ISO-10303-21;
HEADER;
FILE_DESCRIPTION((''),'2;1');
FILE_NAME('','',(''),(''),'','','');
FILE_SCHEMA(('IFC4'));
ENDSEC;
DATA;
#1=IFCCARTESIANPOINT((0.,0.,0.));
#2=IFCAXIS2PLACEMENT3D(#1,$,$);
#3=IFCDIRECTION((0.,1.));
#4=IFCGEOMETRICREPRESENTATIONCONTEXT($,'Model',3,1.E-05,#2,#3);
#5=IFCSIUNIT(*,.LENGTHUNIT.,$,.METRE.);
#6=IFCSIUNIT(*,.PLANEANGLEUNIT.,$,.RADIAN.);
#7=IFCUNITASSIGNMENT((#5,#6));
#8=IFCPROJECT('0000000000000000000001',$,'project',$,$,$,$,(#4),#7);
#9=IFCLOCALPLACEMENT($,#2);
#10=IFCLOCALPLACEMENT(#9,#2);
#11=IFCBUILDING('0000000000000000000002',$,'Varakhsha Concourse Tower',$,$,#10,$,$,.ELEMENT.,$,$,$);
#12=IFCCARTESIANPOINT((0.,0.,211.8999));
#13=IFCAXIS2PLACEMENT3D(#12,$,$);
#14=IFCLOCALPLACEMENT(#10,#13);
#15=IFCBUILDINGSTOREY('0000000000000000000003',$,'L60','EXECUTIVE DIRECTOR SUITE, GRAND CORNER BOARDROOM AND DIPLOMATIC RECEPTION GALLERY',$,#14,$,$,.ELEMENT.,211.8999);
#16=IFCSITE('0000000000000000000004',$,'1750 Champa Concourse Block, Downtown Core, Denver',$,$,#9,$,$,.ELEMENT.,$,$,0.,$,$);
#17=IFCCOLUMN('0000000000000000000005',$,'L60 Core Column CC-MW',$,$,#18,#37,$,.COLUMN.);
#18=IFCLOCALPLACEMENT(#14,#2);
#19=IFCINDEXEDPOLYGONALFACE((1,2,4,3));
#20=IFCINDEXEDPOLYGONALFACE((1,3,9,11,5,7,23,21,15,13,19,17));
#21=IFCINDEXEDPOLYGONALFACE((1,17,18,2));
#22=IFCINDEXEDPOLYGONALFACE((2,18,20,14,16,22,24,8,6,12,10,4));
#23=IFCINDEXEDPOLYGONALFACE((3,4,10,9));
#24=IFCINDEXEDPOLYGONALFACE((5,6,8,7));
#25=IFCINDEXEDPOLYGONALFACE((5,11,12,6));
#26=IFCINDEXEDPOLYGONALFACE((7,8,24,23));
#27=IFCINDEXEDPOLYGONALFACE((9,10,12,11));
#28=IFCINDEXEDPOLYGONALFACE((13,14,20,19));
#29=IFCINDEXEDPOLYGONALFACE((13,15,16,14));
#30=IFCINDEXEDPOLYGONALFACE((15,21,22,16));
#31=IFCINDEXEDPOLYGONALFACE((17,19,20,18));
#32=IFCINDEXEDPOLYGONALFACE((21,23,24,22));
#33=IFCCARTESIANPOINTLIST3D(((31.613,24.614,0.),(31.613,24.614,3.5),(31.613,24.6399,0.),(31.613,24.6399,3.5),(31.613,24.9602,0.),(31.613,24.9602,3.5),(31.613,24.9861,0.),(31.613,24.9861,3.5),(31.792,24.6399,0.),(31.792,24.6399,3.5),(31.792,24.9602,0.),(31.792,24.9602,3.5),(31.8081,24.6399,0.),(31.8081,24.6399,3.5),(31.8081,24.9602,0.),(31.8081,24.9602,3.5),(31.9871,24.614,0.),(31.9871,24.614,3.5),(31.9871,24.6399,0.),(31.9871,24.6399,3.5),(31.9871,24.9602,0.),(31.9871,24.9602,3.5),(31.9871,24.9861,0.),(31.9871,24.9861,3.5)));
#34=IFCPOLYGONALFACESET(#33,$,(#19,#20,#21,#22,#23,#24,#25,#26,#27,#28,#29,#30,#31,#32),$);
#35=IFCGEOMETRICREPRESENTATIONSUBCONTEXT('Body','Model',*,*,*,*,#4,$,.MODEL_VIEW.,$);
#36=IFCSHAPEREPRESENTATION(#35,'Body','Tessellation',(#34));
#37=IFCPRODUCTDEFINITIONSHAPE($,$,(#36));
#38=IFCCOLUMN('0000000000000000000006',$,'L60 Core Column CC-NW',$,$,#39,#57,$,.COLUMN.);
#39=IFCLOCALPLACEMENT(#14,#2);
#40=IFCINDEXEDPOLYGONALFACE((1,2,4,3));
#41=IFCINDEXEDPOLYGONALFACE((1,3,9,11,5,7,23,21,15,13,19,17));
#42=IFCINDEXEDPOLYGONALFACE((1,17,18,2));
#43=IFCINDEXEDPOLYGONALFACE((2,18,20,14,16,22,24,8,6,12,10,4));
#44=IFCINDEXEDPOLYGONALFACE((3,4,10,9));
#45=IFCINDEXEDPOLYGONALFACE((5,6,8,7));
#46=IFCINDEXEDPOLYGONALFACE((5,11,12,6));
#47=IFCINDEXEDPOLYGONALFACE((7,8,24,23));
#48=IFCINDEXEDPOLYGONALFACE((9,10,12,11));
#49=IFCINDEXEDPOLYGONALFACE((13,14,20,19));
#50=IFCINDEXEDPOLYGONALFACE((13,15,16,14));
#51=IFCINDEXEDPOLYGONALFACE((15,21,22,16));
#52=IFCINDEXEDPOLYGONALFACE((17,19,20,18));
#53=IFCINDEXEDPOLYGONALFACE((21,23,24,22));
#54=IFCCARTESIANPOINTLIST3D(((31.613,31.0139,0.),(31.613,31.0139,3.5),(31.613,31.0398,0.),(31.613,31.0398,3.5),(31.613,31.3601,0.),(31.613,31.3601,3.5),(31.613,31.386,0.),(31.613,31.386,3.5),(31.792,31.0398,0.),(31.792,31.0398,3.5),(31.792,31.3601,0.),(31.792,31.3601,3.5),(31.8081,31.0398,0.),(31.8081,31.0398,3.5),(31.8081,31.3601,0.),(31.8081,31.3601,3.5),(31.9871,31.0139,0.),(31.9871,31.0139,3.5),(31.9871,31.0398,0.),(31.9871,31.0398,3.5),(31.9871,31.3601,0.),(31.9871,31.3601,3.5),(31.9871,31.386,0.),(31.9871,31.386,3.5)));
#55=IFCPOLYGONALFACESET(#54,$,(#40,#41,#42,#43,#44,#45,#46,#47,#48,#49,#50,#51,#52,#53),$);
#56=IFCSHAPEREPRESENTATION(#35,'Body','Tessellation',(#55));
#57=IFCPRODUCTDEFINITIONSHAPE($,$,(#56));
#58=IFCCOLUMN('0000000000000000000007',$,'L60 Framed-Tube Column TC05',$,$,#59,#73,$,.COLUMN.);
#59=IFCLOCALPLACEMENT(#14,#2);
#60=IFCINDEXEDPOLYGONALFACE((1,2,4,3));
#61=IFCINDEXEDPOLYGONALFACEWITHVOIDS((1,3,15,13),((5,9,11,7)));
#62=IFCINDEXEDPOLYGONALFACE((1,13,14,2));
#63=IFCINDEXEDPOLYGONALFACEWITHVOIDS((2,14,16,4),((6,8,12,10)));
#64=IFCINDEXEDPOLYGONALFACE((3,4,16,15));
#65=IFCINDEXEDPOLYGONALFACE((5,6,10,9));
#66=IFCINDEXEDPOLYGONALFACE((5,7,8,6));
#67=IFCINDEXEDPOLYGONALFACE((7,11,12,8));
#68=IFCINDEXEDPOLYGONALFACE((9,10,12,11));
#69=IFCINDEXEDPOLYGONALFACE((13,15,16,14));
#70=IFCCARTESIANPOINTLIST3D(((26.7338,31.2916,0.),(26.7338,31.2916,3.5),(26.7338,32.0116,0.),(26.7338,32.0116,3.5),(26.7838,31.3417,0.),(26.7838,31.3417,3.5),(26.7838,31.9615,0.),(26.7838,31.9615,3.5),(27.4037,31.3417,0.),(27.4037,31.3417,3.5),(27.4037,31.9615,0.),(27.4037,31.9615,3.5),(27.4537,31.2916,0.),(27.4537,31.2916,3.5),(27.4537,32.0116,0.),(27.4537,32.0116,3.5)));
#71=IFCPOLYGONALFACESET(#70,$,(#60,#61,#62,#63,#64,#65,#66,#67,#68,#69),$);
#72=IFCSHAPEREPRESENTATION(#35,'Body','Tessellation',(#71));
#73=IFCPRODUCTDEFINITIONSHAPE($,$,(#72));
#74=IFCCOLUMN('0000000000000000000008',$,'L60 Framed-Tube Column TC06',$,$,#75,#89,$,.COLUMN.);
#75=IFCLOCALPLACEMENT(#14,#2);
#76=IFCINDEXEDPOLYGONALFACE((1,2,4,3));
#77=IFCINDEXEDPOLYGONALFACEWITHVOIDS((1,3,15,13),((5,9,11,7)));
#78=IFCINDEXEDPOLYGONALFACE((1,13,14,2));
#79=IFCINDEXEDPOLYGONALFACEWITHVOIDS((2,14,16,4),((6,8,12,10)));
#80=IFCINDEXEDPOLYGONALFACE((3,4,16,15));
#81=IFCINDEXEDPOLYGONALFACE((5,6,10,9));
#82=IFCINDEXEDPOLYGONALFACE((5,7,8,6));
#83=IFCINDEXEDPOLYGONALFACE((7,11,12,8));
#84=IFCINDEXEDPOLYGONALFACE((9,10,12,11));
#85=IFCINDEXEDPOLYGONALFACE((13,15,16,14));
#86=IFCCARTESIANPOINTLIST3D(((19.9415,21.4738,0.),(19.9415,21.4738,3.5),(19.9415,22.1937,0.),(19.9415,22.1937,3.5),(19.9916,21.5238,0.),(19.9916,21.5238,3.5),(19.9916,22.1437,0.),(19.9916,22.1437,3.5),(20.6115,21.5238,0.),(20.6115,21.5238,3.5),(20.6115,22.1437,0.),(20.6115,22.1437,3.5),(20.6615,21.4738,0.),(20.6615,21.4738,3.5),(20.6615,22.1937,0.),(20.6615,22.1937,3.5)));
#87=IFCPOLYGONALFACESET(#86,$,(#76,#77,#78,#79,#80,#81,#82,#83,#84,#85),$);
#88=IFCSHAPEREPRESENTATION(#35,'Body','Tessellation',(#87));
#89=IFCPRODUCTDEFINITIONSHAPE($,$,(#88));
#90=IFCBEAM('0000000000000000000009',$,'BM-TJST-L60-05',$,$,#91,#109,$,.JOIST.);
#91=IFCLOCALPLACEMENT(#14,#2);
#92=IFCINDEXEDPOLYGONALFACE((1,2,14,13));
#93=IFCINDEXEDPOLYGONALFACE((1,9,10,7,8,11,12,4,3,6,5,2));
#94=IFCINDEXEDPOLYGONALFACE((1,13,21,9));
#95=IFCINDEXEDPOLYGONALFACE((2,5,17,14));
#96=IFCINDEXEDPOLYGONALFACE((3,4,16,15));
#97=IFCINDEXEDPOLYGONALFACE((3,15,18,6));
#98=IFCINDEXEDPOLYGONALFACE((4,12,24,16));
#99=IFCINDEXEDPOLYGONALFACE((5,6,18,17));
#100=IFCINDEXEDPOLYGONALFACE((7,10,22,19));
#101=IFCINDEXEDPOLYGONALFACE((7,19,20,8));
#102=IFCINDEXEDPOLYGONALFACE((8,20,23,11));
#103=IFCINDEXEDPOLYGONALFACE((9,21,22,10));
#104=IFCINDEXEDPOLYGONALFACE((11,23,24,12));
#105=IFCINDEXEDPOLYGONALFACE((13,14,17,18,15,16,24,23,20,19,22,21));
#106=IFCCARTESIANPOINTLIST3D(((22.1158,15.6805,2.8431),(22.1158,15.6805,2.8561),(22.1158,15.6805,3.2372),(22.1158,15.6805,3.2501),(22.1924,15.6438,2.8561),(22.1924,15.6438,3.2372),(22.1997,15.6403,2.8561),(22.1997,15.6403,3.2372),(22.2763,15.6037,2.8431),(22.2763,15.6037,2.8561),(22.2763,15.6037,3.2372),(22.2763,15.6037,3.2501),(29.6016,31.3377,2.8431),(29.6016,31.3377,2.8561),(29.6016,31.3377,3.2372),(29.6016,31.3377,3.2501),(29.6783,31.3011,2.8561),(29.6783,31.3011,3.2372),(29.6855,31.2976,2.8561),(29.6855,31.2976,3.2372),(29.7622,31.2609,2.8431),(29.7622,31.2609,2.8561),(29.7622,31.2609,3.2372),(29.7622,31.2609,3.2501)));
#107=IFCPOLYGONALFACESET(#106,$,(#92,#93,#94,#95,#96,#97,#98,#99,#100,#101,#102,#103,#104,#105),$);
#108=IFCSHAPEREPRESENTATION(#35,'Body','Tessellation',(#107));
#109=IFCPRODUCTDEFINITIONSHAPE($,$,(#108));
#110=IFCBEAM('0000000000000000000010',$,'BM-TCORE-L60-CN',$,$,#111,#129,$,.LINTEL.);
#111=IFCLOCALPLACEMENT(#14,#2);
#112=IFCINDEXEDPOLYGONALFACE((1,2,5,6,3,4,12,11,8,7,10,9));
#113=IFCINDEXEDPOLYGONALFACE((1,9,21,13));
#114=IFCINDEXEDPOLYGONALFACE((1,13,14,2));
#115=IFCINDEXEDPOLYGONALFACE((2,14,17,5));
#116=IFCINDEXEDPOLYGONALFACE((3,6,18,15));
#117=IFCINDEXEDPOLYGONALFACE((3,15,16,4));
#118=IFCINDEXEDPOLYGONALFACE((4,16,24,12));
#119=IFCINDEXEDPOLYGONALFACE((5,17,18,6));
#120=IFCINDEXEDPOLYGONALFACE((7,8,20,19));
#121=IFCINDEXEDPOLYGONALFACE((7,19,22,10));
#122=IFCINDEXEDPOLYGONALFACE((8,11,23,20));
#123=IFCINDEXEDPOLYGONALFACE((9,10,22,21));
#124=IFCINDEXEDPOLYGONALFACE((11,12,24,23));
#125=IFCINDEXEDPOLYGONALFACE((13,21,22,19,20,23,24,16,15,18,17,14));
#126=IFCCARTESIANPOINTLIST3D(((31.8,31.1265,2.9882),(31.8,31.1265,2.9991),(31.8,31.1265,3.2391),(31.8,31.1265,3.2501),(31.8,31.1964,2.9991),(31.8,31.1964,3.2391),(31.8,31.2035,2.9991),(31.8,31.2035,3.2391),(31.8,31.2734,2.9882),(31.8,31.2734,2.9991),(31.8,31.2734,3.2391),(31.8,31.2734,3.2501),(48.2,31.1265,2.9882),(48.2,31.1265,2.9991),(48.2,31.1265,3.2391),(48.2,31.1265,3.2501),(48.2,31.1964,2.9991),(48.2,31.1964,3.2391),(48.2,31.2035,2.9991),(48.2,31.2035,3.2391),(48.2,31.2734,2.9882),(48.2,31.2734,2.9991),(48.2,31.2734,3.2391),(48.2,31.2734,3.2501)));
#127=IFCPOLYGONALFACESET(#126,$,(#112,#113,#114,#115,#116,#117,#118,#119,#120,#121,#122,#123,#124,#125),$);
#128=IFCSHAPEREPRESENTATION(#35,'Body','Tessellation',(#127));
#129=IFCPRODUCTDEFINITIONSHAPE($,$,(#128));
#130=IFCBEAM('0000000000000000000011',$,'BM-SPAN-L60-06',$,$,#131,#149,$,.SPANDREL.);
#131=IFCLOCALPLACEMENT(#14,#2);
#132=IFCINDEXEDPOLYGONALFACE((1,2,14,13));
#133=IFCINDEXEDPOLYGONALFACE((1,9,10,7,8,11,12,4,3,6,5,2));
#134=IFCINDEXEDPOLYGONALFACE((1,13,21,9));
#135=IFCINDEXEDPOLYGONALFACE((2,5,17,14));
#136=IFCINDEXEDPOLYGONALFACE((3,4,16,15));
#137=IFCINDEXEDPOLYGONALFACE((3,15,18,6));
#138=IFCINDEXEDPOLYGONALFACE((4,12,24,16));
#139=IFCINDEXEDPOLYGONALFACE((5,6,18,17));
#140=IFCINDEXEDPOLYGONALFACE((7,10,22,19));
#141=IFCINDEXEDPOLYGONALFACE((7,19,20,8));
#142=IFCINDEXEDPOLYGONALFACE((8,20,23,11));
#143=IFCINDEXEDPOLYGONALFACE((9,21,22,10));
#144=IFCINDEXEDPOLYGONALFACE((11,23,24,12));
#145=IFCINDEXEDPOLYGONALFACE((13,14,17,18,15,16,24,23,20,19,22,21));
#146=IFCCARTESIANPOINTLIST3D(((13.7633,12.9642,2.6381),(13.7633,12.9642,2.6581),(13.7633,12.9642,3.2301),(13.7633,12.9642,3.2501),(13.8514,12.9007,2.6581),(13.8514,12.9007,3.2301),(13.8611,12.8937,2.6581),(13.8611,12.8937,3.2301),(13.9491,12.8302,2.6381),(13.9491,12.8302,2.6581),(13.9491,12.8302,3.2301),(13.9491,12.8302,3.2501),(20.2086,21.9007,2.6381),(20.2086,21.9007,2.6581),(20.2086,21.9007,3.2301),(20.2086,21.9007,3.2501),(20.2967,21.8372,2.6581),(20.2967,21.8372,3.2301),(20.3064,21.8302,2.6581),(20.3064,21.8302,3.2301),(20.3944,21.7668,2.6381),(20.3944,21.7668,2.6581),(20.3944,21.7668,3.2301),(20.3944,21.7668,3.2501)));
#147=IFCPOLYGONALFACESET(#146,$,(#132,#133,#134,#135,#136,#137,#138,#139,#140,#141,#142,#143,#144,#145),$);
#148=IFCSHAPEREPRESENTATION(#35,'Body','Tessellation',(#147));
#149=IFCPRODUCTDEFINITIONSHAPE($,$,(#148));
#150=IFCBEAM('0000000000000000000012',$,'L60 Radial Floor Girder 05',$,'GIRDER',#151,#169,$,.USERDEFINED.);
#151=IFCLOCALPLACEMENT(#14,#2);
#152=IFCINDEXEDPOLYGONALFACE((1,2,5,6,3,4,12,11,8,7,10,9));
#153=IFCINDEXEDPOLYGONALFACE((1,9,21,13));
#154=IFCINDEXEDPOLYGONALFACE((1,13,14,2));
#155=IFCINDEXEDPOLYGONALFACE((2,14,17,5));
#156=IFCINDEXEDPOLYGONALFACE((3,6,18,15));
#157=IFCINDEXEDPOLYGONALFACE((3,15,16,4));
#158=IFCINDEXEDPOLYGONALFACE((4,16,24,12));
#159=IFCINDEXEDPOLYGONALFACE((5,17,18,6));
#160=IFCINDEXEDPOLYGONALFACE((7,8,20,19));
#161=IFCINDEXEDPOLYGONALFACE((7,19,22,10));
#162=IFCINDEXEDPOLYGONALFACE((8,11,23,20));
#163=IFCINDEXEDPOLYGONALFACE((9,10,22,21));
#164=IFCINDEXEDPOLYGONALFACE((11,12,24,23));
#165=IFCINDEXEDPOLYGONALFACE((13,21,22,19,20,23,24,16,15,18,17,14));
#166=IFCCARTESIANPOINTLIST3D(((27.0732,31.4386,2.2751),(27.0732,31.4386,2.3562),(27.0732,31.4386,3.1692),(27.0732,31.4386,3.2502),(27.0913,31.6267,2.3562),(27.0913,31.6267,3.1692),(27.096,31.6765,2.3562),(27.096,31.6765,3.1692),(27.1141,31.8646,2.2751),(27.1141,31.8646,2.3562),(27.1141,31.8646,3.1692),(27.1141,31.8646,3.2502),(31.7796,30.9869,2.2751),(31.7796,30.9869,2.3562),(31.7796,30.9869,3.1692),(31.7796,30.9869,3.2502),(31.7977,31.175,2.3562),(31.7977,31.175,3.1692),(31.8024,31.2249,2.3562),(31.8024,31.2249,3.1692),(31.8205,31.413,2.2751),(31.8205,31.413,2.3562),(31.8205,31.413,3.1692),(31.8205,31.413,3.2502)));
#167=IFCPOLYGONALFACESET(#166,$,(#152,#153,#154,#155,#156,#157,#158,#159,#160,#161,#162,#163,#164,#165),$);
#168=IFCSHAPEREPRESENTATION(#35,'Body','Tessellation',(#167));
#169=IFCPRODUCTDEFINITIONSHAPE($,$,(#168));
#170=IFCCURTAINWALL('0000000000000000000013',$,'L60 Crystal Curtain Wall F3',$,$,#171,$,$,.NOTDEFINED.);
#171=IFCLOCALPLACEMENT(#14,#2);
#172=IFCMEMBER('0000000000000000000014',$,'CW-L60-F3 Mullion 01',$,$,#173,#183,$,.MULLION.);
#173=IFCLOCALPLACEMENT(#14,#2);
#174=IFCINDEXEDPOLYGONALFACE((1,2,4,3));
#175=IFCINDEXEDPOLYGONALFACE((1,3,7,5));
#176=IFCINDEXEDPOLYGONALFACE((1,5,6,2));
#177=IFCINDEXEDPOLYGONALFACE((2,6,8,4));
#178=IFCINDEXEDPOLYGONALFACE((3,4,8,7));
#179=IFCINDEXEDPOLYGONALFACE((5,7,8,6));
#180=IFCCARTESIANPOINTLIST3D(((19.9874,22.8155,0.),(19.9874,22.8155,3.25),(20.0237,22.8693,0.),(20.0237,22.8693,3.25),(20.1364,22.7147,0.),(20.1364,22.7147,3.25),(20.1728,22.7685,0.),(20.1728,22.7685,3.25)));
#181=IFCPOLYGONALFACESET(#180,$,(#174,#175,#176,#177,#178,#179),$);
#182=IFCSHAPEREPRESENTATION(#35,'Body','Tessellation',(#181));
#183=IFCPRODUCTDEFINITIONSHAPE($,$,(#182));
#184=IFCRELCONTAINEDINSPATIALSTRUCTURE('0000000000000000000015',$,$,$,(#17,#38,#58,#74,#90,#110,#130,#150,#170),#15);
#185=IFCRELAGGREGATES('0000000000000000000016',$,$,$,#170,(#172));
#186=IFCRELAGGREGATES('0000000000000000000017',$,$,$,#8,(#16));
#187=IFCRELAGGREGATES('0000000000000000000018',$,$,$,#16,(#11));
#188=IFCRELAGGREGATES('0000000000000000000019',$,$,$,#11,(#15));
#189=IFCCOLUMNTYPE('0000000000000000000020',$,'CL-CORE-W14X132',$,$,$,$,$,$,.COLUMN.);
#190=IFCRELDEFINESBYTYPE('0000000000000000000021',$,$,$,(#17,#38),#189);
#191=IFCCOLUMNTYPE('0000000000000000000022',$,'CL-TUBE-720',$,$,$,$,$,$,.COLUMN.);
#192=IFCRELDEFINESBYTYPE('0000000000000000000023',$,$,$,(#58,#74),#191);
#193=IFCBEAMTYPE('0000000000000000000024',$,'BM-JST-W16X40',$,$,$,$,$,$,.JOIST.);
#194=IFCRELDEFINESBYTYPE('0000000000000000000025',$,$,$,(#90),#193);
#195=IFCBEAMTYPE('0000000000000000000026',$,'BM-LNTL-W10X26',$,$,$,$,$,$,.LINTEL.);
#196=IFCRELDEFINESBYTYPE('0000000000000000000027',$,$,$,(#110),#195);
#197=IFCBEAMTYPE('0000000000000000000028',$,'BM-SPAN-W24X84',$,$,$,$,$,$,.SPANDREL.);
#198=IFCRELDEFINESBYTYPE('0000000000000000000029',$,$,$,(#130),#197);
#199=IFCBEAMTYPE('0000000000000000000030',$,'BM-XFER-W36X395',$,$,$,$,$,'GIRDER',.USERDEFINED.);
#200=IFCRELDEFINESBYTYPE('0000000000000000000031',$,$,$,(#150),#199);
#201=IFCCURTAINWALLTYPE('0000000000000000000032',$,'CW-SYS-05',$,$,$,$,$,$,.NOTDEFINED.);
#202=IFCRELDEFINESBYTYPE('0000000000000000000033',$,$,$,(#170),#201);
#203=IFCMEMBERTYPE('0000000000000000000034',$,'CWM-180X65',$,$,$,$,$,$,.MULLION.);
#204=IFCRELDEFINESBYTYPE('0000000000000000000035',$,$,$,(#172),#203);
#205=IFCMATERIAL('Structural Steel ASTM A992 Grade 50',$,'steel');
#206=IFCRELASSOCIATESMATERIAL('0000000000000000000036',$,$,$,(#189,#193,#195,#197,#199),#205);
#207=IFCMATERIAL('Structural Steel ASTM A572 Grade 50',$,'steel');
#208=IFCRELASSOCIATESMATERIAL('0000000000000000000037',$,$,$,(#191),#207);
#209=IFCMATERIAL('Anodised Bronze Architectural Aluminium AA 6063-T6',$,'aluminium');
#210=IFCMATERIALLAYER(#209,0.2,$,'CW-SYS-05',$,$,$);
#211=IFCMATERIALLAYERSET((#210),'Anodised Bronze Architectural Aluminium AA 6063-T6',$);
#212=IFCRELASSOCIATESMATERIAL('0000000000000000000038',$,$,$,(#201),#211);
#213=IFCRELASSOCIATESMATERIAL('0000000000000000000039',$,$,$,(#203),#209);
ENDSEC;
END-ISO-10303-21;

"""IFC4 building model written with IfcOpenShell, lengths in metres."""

from ifc_helpers import new_model, si_unit, direction, frame, origin, origin_2d, place, context, subcontext, project, spatial, rectangle, hollow_rectangle, i_section, extrude, source, transform, mapped, material, layer, layer_set, material_profile, profile_set, type_object, type_shapes, element, aggregate, save


model = new_model("IFC4")

# Units and contexts
model_context = context("Model", 3, precision=1e-05, world=origin(), true_north=direction((0.0, 1.0)))
body_context = subcontext(model_context, "Body", "Model", "MODEL_VIEW")
ifc_project = project(units=[si_unit("LENGTHUNIT", "METRE"), si_unit("PLANEANGLEUNIT", "RADIAN")], contexts=[model_context])

# Site, building, storey
site_placement = place(None, origin())
site = spatial("IfcSite", under=ifc_project, at=site_placement, Name="1750 Champa Concourse Block, Downtown Core, Denver", CompositionType="ELEMENT", RefElevation=0.0)
building_placement = place(site_placement, origin())
building = spatial("IfcBuilding", under=site, at=building_placement, Name="Varakhsha Concourse Tower", CompositionType="ELEMENT")
storey_placement = place(building_placement, frame((0.0, 0.0, 211.8999)))
storey = spatial("IfcBuildingStorey", under=building, at=storey_placement, Name="L60", Description="EXECUTIVE DIRECTOR SUITE, GRAND CORNER BOARDROOM AND DIPLOMATIC RECEPTION GALLERY", CompositionType="ELEMENT", Elevation=211.8999)

# Columns
ifc_material_1 = material(Name="Structural Steel ASTM A992 Grade 50", Category="steel")
ifc_material_profile_1 = material_profile(ifc_material_1, i_section(OverallWidth=0.374, OverallDepth=0.3721, WebThickness=0.0161, FlangeThickness=0.0259, at=origin_2d()), Name="W14X132")
ifc_profile_set_1 = profile_set([ifc_material_profile_1], Name="Structural Steel ASTM A992 Grade 50")
column_type_1 = type_object("IfcColumnType", Name="CL-CORE-W14X132", PredefinedType="COLUMN", material=ifc_profile_set_1)
for number, where, z_axis, x_axis, name in (
    (1, (31.8, 24.8, 0.0), (0.0, 0.0, 1.0), (1.0, 0.0, 0.0), "L60 Core Column CC-MW"),
    (2, (31.8, 31.2, 0.0), (0.0, 0.0, 1.0), (1.0, 0.0, 0.0), "L60 Core Column CC-NW"),
):
    element("IfcColumn", number, at=place(storey_placement, frame(where, z_axis=z_axis, x_axis=x_axis)), inside=storey, type_object=column_type_1, Name=name, PredefinedType="COLUMN", context=body_context, shape_type="SweptSolid", body=[
        extrude(i_section(OverallWidth=0.374, OverallDepth=0.3721, WebThickness=0.0161, FlangeThickness=0.0259, at=origin_2d()), origin(), (0.0, 0.0, 1.0), 3.5),
    ])
ifc_material_2 = material(Name="Structural Steel ASTM A572 Grade 50", Category="steel")
ifc_material_profile_2 = material_profile(ifc_material_2, hollow_rectangle(XDim=0.72, YDim=0.72, WallThickness=0.05, at=origin_2d()), Name="BOX 720x720x50")
ifc_profile_set_2 = profile_set([ifc_material_profile_2], Name="Structural Steel ASTM A572 Grade 50")
column_type_2 = type_object("IfcColumnType", Name="CL-TUBE-720", PredefinedType="COLUMN", material=ifc_profile_set_2)
for number, where, z_axis, x_axis, name in (
    (3, (27.0938, 31.6516, 0.0), (0.0, 0.0, 1.0), (1.0, 0.0, 0.0), "L60 Framed-Tube Column TC05"),
    (4, (20.3015, 21.8337, 0.0), (0.0, 0.0, 1.0), (1.0, 0.0, 0.0), "L60 Framed-Tube Column TC06"),
):
    element("IfcColumn", number, at=place(storey_placement, frame(where, z_axis=z_axis, x_axis=x_axis)), inside=storey, type_object=column_type_2, Name=name, PredefinedType="COLUMN", context=body_context, shape_type="SweptSolid", body=[
        extrude(hollow_rectangle(XDim=0.72, YDim=0.72, WallThickness=0.05, at=origin_2d()), origin(), (0.0, 0.0, 1.0), 3.5),
    ])

# Beams
ifc_material_profile_3 = material_profile(ifc_material_1, i_section(OverallWidth=0.178, OverallDepth=0.407, WebThickness=0.0081, FlangeThickness=0.0129, at=origin_2d()), Name="W16X40")
ifc_profile_set_3 = profile_set([ifc_material_profile_3], Name="Structural Steel ASTM A992 Grade 50")
beam_type_1 = type_object("IfcBeamType", Name="BM-JST-W16X40", PredefinedType="JOIST", material=ifc_profile_set_3)
beam_1_placement = place(storey_placement, frame((29.6819, 31.2993, 3.0466), z_axis=(-0.431343, -0.902188, 0.0), x_axis=(0.902188, -0.431343, 0.0)))
element("IfcBeam", 5, at=beam_1_placement, inside=storey, type_object=beam_type_1, Name="BM-TJST-L60-05", PredefinedType="JOIST", context=body_context, shape_type="SweptSolid", body=[
    extrude(i_section(OverallWidth=0.178, OverallDepth=0.407, WebThickness=0.0081, FlangeThickness=0.0129, at=origin_2d()), origin(), (0.0, 0.0, 1.0), 17.3547),
])
ifc_material_profile_4 = material_profile(ifc_material_1, i_section(OverallWidth=0.147, OverallDepth=0.262, WebThickness=0.0071, FlangeThickness=0.011, at=origin_2d()), Name="W10X26")
ifc_profile_set_4 = profile_set([ifc_material_profile_4], Name="Structural Steel ASTM A992 Grade 50")
beam_type_2 = type_object("IfcBeamType", Name="BM-LNTL-W10X26", PredefinedType="LINTEL", material=ifc_profile_set_4)
beam_2_placement = place(storey_placement, frame((31.8, 31.2, 3.1191), z_axis=(1.0, 0.0, 0.0), x_axis=(0.0, 1.0, 0.0)))
element("IfcBeam", 6, at=beam_2_placement, inside=storey, type_object=beam_type_2, Name="BM-TCORE-L60-CN", PredefinedType="LINTEL", context=body_context, shape_type="SweptSolid", body=[
    extrude(i_section(OverallWidth=0.147, OverallDepth=0.262, WebThickness=0.0071, FlangeThickness=0.011, at=origin_2d()), origin(), (0.0, 0.0, 1.0), 16.3999),
])
ifc_material_profile_5 = material_profile(ifc_material_1, i_section(OverallWidth=0.229, OverallDepth=0.6121, WebThickness=0.012, FlangeThickness=0.02, at=origin_2d()), Name="W24X84")
ifc_profile_set_5 = profile_set([ifc_material_profile_5], Name="Structural Steel ASTM A992 Grade 50")
beam_type_3 = type_object("IfcBeamType", Name="BM-SPAN-W24X84", PredefinedType="SPANDREL", material=ifc_profile_set_5)
beam_3_placement = place(storey_placement, frame((20.3015, 21.8337, 2.9441), z_axis=(-0.584963, -0.81106, 0.0), x_axis=(0.81106, -0.584963, 0.0)))
element("IfcBeam", 7, at=beam_3_placement, inside=storey, type_object=beam_type_3, Name="BM-SPAN-L60-06", PredefinedType="SPANDREL", context=body_context, shape_type="SweptSolid", body=[
    extrude(i_section(OverallWidth=0.229, OverallDepth=0.6121, WebThickness=0.012, FlangeThickness=0.02, at=origin_2d()), origin(), (0.0, 0.0, 1.0), 11.0183),
])
ifc_material_profile_6 = material_profile(ifc_material_1, i_section(OverallWidth=0.428, OverallDepth=0.9751, WebThickness=0.05, FlangeThickness=0.0811, at=origin_2d()), Name="W36X395")
ifc_profile_set_6 = profile_set([ifc_material_profile_6], Name="Structural Steel ASTM A992 Grade 50")
beam_type_4 = type_object("IfcBeamType", Name="BM-XFER-W36X395", ElementType="GIRDER", PredefinedType="USERDEFINED", material=ifc_profile_set_6)
beam_4_placement = place(storey_placement, frame((31.8, 31.2, 2.7627), z_axis=(-0.995427, 0.09553, 0.0), x_axis=(-0.09553, -0.995427, 0.0)))
element("IfcBeam", 8, at=beam_4_placement, inside=storey, type_object=beam_type_4, Name="L60 Radial Floor Girder 05", ObjectType="GIRDER", PredefinedType="USERDEFINED", context=body_context, shape_type="SweptSolid", body=[
    extrude(i_section(OverallWidth=0.428, OverallDepth=0.9751, WebThickness=0.05, FlangeThickness=0.0811, at=origin_2d()), origin(), (0.0, 0.0, 1.0), 4.728),
])

# Curtain wall, member
ifc_material_3 = material(Name="Anodised Bronze Architectural Aluminium AA 6063-T6", Category="aluminium")
ifc_layer_1 = layer(ifc_material_3, 0.2, Name="CW-SYS-05")
ifc_layer_set_1 = layer_set([ifc_layer_1], Name="Anodised Bronze Architectural Aluminium AA 6063-T6")
curtain_wall_type = type_object("IfcCurtainWallType", Name="CW-SYS-05", PredefinedType="NOTDEFINED", material=ifc_layer_set_1)
curtain_wall_placement = place(storey_placement, origin())
curtain_wall = element("IfcCurtainWall", 9, at=curtain_wall_placement, inside=storey, type_object=curtain_wall_type, Name="L60 Crystal Curtain Wall F3", PredefinedType="NOTDEFINED")
ifc_material_profile_7 = material_profile(ifc_material_3, rectangle(XDim=0.0649, YDim=0.1799, at=origin_2d()), Name="CWM-180X65")
ifc_profile_set_7 = profile_set([ifc_material_profile_7], Name="Anodised Bronze Architectural Aluminium AA 6063-T6")
member_type_1 = type_object("IfcMemberType", Name="CWM-180X65", PredefinedType="MULLION", material=ifc_profile_set_7)
shared_shape_1 = source(origin(), body_context, "Body", "SweptSolid", [
    extrude(rectangle(XDim=0.0649, YDim=0.1799, at=origin_2d()), origin(), (0.0, 0.0, 1.0), 3.25),
])
type_shapes(member_type_1, [shared_shape_1])
member_1_placement = place(storey_placement, frame((20.0801, 22.792, 0.0), z_axis=(0.0, 0.0, 1.0), x_axis=(0.559999, 0.828494, 0.0)))
member_1 = element("IfcMember", 10, at=member_1_placement, type_object=member_type_1, Name="CW-L60-F3 Mullion 01", PredefinedType="MULLION", context=body_context, shape_type="MappedRepresentation", body=[
    mapped(shared_shape_1, transform((0.0, 0.0, 0.0), scale=1.0)),
])
aggregate(curtain_wall, [member_1])

save(model, "model.ifc")
